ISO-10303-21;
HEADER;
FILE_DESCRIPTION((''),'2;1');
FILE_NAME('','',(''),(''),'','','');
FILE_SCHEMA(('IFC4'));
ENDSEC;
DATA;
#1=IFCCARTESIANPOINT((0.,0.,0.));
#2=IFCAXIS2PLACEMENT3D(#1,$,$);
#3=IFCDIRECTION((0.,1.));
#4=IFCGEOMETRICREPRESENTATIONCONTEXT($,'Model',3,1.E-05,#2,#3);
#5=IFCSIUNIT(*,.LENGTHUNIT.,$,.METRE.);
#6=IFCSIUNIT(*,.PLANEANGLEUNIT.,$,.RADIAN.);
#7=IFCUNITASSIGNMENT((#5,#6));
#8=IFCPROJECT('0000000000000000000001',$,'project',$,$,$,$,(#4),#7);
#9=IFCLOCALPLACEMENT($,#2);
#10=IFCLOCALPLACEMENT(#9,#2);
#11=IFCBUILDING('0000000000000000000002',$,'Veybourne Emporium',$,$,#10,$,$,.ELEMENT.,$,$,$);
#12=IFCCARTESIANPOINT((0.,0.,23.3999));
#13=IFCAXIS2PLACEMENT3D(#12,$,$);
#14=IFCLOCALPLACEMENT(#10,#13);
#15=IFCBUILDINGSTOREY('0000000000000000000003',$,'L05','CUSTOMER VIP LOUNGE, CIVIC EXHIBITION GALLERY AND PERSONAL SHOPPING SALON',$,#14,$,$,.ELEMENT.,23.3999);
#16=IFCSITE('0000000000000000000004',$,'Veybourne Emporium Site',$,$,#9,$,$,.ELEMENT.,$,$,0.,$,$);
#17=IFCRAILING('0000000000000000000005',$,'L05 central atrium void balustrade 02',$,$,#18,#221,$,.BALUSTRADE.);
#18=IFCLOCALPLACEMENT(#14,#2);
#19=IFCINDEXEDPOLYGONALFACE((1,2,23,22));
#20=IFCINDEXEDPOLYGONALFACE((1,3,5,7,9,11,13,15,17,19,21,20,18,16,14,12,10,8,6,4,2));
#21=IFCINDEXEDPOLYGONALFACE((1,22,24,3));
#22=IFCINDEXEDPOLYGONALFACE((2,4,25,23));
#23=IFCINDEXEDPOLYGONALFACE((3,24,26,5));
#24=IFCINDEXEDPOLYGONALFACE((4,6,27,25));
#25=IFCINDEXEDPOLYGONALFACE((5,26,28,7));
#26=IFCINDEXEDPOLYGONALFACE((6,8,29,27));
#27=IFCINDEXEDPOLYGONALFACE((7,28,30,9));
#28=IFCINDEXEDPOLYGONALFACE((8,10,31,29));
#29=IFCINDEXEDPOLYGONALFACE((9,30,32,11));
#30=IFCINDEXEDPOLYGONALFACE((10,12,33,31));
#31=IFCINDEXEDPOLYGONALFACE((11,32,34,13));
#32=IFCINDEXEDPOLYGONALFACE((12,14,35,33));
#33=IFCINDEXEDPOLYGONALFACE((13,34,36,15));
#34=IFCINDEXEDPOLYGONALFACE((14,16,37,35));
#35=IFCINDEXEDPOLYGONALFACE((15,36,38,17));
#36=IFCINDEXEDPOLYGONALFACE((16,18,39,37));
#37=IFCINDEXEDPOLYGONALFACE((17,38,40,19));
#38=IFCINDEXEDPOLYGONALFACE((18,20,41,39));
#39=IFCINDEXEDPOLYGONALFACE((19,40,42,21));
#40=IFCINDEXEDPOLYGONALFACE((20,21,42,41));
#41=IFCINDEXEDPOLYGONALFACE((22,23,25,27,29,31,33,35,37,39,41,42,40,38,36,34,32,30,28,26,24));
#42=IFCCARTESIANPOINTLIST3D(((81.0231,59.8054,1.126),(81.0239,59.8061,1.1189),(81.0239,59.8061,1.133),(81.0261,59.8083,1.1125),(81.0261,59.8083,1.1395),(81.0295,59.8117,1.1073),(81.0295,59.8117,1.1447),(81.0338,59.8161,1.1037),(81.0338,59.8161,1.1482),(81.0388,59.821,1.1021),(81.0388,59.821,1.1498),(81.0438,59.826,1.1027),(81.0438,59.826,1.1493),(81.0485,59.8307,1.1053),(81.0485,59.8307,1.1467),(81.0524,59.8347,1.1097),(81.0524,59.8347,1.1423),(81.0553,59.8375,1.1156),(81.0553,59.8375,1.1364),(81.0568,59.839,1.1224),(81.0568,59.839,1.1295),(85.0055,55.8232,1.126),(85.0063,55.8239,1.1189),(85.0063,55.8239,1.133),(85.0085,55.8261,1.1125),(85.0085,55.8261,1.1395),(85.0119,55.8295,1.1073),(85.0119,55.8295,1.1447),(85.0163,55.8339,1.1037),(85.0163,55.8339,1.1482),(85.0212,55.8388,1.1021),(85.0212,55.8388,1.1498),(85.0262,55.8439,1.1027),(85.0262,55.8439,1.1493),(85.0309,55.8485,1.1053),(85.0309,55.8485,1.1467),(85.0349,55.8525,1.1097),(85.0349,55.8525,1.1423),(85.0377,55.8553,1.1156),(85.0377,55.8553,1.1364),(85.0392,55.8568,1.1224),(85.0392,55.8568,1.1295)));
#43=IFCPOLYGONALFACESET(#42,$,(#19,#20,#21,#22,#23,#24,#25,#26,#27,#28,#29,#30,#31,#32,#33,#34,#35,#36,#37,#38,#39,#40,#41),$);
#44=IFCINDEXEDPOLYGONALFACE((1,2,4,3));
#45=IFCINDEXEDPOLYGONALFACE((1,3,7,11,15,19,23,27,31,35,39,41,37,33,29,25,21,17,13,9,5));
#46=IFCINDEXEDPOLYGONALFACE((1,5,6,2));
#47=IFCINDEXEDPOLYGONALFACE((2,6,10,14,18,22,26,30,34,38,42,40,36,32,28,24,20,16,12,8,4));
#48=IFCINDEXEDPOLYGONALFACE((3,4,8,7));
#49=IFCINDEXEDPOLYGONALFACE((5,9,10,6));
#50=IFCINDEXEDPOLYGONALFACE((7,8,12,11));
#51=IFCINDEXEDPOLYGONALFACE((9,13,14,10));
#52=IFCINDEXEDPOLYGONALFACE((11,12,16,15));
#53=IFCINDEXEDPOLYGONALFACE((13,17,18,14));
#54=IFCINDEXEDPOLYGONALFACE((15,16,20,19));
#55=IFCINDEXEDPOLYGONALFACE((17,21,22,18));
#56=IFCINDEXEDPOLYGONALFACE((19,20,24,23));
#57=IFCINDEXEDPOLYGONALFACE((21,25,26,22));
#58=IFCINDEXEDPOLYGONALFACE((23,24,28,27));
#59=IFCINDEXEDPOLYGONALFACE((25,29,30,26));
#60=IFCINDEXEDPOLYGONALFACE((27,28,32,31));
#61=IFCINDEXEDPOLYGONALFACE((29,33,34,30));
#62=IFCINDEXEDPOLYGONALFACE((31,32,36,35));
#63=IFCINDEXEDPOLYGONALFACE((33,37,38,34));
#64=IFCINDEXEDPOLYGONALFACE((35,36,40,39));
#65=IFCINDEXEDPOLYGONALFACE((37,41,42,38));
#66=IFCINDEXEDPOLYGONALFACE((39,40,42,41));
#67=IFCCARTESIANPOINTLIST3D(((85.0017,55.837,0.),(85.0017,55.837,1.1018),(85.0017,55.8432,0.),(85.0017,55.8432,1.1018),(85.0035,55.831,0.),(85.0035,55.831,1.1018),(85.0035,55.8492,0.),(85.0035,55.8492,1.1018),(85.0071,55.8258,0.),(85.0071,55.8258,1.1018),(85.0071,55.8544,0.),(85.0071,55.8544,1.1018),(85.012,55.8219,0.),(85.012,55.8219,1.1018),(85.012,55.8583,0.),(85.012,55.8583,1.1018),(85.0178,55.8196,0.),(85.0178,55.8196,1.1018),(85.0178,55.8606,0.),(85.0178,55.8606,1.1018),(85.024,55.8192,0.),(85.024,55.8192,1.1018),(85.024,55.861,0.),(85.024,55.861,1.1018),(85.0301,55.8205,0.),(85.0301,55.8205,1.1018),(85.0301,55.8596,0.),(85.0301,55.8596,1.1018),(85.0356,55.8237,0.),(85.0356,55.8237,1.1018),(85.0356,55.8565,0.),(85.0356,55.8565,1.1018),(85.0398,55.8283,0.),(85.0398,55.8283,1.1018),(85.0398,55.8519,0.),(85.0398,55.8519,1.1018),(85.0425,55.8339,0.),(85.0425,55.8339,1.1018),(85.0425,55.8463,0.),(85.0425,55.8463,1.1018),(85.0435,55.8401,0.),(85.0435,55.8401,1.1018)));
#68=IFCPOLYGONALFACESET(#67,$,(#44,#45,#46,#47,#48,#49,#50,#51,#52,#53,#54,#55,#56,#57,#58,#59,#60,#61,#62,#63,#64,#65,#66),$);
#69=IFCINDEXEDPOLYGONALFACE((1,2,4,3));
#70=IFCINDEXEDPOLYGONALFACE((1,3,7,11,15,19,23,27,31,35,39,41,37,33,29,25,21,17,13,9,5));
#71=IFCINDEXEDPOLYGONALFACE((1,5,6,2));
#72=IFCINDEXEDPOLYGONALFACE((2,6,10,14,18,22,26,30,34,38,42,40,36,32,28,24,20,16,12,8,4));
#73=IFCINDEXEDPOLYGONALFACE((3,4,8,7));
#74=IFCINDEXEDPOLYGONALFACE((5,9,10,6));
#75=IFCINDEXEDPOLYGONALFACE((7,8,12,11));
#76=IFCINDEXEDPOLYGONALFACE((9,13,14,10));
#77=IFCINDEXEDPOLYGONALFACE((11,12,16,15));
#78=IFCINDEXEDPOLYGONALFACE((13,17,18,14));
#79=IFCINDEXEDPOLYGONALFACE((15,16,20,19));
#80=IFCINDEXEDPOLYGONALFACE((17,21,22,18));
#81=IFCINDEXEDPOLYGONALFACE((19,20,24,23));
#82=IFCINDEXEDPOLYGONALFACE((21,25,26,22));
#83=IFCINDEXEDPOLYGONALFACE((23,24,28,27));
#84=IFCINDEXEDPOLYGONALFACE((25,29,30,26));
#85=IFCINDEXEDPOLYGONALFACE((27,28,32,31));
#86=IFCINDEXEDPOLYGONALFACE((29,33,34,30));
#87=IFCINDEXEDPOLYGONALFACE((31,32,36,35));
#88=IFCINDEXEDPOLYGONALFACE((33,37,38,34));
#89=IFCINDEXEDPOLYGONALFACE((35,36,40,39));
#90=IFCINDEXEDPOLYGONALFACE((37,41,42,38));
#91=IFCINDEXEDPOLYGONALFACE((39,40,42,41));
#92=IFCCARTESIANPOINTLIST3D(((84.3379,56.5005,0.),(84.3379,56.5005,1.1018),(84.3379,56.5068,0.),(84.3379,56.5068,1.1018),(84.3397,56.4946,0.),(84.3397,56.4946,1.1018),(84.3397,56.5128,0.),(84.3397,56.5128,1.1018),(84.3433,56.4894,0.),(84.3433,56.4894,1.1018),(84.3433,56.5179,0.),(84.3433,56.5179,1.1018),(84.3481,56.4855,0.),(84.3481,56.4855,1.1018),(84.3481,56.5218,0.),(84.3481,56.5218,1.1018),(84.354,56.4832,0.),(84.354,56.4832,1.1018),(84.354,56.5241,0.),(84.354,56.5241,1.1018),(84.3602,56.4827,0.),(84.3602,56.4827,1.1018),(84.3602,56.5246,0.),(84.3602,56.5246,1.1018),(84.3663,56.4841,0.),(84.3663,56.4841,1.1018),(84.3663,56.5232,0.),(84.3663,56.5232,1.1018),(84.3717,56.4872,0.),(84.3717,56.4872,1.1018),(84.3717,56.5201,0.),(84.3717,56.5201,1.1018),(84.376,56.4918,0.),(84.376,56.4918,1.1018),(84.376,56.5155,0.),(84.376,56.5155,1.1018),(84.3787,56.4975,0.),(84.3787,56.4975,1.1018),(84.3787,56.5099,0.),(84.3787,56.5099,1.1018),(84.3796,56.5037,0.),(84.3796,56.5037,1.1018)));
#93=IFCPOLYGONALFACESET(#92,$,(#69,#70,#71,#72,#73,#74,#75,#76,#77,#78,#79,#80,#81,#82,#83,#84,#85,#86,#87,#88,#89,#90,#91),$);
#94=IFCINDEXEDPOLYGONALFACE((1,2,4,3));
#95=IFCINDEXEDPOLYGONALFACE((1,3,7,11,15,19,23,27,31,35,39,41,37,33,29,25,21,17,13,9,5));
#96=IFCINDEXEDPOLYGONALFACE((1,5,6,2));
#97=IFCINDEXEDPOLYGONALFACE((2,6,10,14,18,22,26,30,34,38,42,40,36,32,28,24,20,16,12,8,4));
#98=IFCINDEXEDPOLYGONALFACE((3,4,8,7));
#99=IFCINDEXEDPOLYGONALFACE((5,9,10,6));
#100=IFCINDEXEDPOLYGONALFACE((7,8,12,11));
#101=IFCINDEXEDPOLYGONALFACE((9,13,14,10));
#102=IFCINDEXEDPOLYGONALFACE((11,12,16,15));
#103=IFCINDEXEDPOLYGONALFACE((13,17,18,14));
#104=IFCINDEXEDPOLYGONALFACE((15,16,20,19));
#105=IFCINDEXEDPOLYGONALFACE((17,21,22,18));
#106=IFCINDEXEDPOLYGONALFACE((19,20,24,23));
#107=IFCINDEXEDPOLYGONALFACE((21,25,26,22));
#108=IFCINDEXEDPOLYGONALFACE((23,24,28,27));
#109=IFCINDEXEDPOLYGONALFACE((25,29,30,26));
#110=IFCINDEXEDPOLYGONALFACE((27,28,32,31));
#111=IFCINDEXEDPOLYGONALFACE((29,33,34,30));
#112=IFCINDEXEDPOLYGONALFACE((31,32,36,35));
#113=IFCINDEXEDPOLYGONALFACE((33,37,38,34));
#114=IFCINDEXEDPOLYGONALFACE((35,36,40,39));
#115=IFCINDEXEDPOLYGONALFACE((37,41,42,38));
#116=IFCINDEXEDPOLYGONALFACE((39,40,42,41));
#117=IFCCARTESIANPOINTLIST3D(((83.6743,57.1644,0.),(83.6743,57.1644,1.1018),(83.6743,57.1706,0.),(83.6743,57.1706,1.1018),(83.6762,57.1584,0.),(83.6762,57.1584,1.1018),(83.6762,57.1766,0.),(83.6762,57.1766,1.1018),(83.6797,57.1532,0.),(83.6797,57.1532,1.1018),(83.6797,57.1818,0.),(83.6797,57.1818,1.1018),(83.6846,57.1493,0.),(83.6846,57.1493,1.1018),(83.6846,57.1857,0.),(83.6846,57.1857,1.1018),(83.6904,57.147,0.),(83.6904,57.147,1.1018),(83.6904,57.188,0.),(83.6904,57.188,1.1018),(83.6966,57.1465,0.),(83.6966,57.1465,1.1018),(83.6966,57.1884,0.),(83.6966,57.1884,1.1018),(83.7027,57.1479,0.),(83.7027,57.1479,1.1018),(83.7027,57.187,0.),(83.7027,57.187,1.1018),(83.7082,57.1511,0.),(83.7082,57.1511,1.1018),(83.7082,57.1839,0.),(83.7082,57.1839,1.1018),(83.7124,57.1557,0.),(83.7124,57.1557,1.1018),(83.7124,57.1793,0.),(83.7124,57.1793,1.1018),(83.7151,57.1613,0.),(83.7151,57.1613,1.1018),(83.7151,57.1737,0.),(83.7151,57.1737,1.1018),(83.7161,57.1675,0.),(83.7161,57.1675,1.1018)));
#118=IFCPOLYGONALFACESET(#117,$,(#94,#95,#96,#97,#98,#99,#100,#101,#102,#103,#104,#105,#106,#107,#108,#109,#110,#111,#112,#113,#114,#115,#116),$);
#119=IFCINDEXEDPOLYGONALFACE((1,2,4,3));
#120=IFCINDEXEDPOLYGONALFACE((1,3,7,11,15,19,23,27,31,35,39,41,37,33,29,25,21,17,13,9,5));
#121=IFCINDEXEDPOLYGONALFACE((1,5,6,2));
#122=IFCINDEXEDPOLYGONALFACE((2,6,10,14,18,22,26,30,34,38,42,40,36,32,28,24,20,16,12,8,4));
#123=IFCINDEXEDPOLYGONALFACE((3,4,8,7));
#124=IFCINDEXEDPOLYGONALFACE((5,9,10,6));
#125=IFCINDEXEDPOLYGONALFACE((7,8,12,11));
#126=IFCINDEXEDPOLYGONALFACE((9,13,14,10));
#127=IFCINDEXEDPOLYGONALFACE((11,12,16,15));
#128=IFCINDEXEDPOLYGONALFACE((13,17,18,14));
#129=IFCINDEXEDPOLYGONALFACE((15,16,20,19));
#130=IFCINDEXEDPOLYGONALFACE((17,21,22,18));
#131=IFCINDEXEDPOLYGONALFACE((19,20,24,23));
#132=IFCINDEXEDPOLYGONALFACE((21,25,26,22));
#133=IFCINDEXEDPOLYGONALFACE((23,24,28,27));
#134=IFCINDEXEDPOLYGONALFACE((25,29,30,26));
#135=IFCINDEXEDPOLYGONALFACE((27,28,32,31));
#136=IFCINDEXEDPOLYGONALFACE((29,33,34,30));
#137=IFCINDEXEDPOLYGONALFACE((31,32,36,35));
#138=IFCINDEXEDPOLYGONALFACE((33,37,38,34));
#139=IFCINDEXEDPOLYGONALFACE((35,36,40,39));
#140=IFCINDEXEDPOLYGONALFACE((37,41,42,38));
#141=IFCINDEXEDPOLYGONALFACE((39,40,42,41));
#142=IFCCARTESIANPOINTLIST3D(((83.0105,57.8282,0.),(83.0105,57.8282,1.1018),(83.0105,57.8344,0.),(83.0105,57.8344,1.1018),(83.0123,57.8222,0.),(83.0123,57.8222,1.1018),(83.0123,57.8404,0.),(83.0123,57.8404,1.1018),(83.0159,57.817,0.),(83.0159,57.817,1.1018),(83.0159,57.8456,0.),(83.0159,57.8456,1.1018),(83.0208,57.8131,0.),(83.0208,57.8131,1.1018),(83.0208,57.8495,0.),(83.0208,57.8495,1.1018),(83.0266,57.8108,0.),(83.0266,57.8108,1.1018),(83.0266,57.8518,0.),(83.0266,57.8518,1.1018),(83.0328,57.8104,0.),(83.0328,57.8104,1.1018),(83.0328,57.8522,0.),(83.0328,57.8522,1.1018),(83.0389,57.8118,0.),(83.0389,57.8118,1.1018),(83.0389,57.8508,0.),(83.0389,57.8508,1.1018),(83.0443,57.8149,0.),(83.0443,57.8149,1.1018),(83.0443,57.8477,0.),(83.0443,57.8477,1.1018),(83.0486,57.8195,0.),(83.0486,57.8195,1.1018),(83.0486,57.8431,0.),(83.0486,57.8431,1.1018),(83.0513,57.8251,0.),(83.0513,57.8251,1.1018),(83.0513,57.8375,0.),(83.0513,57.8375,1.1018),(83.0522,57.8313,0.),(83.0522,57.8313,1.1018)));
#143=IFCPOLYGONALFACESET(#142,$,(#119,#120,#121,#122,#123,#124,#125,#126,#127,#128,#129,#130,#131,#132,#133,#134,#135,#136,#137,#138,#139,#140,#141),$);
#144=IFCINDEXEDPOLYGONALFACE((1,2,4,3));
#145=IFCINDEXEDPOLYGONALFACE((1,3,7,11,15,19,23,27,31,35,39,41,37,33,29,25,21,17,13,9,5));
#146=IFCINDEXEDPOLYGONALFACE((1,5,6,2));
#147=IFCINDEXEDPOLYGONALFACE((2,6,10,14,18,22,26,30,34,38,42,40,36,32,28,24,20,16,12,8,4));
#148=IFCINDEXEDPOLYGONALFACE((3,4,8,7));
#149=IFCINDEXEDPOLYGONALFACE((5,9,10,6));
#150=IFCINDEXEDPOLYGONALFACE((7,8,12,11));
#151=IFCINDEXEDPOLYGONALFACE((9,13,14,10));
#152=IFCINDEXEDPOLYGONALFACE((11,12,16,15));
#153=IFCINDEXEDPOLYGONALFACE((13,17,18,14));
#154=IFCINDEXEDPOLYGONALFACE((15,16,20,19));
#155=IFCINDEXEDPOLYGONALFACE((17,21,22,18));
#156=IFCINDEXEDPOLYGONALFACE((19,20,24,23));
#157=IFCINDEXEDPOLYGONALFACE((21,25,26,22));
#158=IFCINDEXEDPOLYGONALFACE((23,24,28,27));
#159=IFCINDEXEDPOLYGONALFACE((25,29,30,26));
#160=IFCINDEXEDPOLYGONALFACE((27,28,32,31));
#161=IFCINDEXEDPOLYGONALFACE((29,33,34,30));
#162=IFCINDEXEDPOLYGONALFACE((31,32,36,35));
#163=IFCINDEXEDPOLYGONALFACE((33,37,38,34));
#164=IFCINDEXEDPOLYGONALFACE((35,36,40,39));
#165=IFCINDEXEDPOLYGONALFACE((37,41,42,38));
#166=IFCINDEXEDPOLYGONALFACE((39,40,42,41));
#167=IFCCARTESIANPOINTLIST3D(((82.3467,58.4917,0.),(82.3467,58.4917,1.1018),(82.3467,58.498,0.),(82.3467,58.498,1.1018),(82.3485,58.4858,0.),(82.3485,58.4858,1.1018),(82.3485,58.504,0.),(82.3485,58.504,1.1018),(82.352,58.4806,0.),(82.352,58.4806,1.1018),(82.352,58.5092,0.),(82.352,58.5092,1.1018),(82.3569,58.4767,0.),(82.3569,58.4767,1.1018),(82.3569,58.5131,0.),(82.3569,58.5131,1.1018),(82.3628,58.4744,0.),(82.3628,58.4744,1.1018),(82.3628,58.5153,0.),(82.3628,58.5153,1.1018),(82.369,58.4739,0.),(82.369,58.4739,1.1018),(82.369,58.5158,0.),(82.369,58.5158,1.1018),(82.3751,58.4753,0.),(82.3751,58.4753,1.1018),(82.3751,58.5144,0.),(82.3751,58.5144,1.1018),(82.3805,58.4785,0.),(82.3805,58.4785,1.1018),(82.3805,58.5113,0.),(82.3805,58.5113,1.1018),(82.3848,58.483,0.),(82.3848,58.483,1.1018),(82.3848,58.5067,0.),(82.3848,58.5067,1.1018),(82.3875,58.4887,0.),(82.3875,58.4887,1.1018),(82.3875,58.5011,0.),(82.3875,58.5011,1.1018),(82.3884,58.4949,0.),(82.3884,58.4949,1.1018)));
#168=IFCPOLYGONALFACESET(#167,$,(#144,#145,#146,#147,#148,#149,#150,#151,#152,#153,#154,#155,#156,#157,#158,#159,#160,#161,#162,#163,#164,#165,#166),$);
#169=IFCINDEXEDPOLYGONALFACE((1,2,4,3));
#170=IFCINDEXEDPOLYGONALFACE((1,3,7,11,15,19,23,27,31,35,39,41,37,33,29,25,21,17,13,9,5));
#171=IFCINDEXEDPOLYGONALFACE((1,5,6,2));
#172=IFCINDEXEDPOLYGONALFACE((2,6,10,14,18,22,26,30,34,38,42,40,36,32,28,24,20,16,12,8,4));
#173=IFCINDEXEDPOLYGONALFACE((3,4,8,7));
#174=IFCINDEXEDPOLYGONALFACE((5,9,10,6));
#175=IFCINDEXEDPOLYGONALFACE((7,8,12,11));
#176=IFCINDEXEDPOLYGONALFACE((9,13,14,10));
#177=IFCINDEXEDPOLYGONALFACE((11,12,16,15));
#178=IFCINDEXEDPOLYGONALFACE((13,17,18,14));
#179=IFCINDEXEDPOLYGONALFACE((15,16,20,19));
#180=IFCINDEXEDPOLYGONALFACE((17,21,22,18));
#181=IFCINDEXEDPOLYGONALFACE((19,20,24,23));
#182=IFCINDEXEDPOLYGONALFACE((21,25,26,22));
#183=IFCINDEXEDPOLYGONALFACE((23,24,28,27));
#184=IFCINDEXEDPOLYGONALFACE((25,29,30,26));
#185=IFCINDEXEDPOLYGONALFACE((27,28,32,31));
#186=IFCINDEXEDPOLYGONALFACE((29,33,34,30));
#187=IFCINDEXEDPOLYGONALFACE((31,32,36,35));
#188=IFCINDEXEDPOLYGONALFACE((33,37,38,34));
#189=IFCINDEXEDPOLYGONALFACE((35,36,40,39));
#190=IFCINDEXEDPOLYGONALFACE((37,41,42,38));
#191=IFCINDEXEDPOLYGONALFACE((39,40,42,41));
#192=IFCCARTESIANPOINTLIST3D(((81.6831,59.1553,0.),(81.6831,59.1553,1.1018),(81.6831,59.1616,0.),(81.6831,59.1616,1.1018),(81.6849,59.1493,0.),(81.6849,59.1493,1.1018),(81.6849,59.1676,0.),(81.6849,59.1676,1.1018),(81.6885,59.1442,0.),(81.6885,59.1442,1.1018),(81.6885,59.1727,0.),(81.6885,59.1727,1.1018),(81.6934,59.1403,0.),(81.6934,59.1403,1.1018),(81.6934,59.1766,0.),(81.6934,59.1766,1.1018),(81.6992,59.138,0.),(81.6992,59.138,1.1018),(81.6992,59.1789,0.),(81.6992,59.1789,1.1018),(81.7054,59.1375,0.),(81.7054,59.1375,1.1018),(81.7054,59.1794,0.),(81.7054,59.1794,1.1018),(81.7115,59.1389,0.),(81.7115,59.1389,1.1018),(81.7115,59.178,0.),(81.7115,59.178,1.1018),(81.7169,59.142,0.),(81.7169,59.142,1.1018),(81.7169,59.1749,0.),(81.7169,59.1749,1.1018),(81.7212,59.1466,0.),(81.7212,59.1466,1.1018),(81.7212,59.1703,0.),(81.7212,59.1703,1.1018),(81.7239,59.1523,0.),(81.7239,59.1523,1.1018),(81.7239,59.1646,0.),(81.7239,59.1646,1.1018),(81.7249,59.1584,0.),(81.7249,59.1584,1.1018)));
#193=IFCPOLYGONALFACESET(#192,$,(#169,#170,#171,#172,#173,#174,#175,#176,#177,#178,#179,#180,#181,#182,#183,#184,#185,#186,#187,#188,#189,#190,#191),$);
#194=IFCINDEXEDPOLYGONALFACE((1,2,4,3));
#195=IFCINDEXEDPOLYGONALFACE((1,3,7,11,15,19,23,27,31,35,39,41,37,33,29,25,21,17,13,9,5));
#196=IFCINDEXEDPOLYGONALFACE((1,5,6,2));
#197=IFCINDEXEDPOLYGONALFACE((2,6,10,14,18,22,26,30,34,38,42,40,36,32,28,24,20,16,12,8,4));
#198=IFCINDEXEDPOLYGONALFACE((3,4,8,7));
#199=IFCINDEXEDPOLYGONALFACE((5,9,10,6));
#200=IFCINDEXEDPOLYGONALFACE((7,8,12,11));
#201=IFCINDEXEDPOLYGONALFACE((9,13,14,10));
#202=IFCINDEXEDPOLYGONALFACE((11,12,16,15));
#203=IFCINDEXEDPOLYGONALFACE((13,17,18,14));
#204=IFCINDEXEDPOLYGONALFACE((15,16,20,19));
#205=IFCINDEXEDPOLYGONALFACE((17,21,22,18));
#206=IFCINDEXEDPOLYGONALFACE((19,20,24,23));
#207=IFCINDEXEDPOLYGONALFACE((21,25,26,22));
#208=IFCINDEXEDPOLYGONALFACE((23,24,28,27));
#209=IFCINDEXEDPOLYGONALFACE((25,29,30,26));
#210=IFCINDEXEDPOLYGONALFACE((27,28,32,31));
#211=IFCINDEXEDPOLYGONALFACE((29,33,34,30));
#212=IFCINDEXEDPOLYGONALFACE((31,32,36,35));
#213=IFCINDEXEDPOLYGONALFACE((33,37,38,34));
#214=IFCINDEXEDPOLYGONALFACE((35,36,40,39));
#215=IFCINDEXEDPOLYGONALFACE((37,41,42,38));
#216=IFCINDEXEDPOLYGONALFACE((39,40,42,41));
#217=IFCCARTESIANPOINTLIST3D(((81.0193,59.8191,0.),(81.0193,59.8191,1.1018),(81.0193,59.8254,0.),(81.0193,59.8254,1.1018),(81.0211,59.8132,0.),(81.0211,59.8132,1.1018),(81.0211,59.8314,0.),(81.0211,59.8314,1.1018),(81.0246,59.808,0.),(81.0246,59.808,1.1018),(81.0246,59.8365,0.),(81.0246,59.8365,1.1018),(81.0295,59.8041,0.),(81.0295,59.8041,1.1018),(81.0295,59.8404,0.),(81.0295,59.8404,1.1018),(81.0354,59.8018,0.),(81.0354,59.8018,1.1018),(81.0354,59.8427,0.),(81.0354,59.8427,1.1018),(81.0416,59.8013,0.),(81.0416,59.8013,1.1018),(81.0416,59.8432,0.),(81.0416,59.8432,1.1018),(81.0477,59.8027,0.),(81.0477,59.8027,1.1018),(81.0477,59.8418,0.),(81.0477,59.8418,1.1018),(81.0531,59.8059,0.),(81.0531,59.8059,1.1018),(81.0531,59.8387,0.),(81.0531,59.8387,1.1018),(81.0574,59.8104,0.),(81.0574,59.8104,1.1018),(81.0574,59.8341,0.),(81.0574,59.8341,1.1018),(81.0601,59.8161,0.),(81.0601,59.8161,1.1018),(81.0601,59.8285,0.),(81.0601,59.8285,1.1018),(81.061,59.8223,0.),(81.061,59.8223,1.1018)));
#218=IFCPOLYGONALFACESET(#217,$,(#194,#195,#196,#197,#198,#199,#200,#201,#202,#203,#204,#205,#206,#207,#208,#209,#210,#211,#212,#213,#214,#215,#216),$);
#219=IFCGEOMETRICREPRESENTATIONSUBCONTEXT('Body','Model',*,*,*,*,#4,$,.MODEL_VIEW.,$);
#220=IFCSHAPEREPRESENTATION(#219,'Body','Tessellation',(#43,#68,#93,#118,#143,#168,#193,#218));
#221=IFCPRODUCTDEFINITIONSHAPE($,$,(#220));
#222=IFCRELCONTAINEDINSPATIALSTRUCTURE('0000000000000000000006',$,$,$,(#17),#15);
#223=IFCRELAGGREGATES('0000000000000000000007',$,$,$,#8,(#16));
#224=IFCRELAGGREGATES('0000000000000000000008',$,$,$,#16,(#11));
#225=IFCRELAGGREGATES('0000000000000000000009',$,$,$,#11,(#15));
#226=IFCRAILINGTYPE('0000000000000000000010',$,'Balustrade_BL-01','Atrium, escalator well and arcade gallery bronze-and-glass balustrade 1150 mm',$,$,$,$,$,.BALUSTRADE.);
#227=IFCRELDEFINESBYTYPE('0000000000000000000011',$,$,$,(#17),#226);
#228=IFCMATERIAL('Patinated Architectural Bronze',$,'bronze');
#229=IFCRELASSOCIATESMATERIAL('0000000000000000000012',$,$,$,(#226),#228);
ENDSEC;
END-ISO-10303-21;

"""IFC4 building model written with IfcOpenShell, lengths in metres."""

from ifc_helpers import new_model, si_unit, direction, frame, origin, origin_2d, place, context, subcontext, project, spatial, circle, extrude, material, type_object, element, save


model = new_model("IFC4")

# Units and contexts
model_context = context("Model", 3, precision=1e-05, world=origin(), true_north=direction((0.0, 1.0)))
body_context = subcontext(model_context, "Body", "Model", "MODEL_VIEW")
ifc_project = project(units=[si_unit("LENGTHUNIT", "METRE"), si_unit("PLANEANGLEUNIT", "RADIAN")], contexts=[model_context])

# Site, building, storey
site_placement = place(None, origin())
site = spatial("IfcSite", under=ifc_project, at=site_placement, Name="Veybourne Emporium Site", CompositionType="ELEMENT", RefElevation=0.0)
building_placement = place(site_placement, origin())
building = spatial("IfcBuilding", under=site, at=building_placement, Name="Veybourne Emporium", CompositionType="ELEMENT")
storey_placement = place(building_placement, frame((0.0, 0.0, 23.3999)))
storey = spatial("IfcBuildingStorey", under=building, at=storey_placement, Name="L05", Description="CUSTOMER VIP LOUNGE, CIVIC EXHIBITION GALLERY AND PERSONAL SHOPPING SALON", CompositionType="ELEMENT", Elevation=23.3999)

# Shared definitions
ifc_material_1 = material(Name="Patinated Architectural Bronze", Category="bronze")

# Railing
railing_type = type_object("IfcRailingType", Name="Balustrade_BL-01", Description="Atrium, escalator well and arcade gallery bronze-and-glass balustrade 1150 mm", PredefinedType="BALUSTRADE", material=ifc_material_1)
railing_1_placement = place(storey_placement, frame((85.0225, 55.8401, 0.0)))
element("IfcRailing", 1, at=railing_1_placement, inside=storey, type_object=railing_type, Name="L05 central atrium void balustrade 02", PredefinedType="BALUSTRADE", context=body_context, shape_type="SweptSolid", body=[
    extrude(circle(Radius=0.0239, at=origin_2d()), frame((0.0, 0.0, 1.126), z_axis=(-0.707128, 0.707085, 0.0), x_axis=(-0.707085, -0.707128, 0.0)), (0.0, 0.0, 1.0), 5.6318),
    extrude(circle(Radius=0.021, at=origin_2d()), origin(), (0.0, 0.0, 1.0), 1.1018),
    extrude(circle(Radius=0.021, at=origin_2d()), frame((-0.6638, 0.6636, 0.0)), (0.0, 0.0, 1.0), 1.1018),
    extrude(circle(Radius=0.021, at=origin_2d()), frame((-1.3274, 1.3274, 0.0)), (0.0, 0.0, 1.0), 1.1018),
    extrude(circle(Radius=0.021, at=origin_2d()), frame((-1.9912, 1.9912, 0.0)), (0.0, 0.0, 1.0), 1.1018),
    extrude(circle(Radius=0.021, at=origin_2d()), frame((-2.655, 2.6548, 0.0)), (0.0, 0.0, 1.0), 1.1018),
    extrude(circle(Radius=0.021, at=origin_2d()), frame((-3.3186, 3.3184, 0.0)), (0.0, 0.0, 1.0), 1.1018),
    extrude(circle(Radius=0.021, at=origin_2d()), frame((-3.9824, 3.9822, 0.0)), (0.0, 0.0, 1.0), 1.1018),
])

save(model, "model.ifc")
